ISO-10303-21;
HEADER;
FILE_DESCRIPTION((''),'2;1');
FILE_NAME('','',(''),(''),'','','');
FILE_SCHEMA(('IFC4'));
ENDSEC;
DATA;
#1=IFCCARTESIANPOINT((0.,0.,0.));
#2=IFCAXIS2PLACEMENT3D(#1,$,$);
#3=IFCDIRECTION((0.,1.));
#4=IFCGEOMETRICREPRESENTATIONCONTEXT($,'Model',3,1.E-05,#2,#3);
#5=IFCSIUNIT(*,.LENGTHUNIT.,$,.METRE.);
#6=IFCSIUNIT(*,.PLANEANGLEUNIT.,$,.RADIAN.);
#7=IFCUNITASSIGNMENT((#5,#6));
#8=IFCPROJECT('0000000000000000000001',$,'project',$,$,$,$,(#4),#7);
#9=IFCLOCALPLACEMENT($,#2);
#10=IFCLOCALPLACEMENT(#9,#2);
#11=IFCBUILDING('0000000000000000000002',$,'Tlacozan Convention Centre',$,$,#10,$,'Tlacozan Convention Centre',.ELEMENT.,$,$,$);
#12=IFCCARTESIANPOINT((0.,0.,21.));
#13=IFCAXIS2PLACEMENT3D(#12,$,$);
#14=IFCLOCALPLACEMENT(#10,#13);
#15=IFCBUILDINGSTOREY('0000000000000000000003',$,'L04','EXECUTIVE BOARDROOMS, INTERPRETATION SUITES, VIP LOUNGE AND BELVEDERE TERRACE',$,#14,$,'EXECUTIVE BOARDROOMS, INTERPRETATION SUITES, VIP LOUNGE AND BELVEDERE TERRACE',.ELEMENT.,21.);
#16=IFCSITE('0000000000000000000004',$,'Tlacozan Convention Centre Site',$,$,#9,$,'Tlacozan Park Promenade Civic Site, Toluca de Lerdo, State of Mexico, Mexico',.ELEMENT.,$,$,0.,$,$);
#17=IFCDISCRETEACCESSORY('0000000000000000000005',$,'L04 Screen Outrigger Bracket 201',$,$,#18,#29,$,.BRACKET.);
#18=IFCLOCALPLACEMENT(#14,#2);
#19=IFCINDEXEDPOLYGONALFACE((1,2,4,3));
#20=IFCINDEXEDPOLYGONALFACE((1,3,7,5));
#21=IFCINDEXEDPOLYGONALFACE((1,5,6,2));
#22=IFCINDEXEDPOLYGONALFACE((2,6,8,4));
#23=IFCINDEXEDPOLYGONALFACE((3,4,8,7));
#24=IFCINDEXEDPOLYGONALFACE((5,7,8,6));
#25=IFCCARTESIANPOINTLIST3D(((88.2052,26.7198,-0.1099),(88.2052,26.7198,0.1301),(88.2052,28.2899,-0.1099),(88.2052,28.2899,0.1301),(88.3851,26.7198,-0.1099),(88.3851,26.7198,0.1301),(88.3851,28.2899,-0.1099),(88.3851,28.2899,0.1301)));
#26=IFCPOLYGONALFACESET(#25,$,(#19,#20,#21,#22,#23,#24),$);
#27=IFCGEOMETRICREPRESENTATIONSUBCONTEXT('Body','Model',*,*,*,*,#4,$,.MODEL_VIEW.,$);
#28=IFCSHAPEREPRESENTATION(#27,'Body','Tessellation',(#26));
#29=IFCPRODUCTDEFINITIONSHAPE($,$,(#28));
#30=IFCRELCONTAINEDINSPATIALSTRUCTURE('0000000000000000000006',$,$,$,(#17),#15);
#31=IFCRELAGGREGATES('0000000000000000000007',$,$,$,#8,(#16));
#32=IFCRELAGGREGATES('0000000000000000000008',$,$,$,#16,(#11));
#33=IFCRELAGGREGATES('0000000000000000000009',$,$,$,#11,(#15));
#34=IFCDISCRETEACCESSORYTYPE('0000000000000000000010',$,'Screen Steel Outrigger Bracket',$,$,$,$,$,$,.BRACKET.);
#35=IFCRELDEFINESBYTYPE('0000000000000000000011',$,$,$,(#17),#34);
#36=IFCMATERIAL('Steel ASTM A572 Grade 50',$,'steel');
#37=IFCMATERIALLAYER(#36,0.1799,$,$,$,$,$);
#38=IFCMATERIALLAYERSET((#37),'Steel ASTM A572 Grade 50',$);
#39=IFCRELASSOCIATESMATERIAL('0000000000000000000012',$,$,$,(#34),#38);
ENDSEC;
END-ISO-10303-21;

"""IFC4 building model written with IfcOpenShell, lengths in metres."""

from ifc_helpers import new_model, si_unit, direction, frame, origin, origin_2d, place, context, subcontext, project, spatial, rectangle, extrude, material, layer, layer_set, type_object, element, save


model = new_model("IFC4")

# Units and contexts
model_context = context("Model", 3, precision=1e-05, world=origin(), true_north=direction((0.0, 1.0)))
body_context = subcontext(model_context, "Body", "Model", "MODEL_VIEW")
ifc_project = project(units=[si_unit("LENGTHUNIT", "METRE"), si_unit("PLANEANGLEUNIT", "RADIAN")], contexts=[model_context])

# Site, building, storey
site_placement = place(None, origin())
site = spatial("IfcSite", under=ifc_project, at=site_placement, Name="Tlacozan Convention Centre Site", LongName="Tlacozan Park Promenade Civic Site, Toluca de Lerdo, State of Mexico, Mexico", CompositionType="ELEMENT", RefElevation=0.0)
building_placement = place(site_placement, origin())
building = spatial("IfcBuilding", under=site, at=building_placement, Name="Tlacozan Convention Centre", LongName="Tlacozan Convention Centre", CompositionType="ELEMENT")
storey_placement = place(building_placement, frame((0.0, 0.0, 21.0)))
storey = spatial("IfcBuildingStorey", under=building, at=storey_placement, Name="L04", Description="EXECUTIVE BOARDROOMS, INTERPRETATION SUITES, VIP LOUNGE AND BELVEDERE TERRACE", LongName="EXECUTIVE BOARDROOMS, INTERPRETATION SUITES, VIP LOUNGE AND BELVEDERE TERRACE", CompositionType="ELEMENT", Elevation=21.0)

# Discrete accessory
ifc_material_1 = material(Name="Steel ASTM A572 Grade 50", Category="steel")
ifc_layer_1 = layer(ifc_material_1, 0.1799)
ifc_layer_set_1 = layer_set([ifc_layer_1], Name="Steel ASTM A572 Grade 50")
discrete_accessory_type = type_object("IfcDiscreteAccessoryType", Name="Screen Steel Outrigger Bracket", PredefinedType="BRACKET", material=ifc_layer_set_1)
for number, where, z_axis, x_axis, name in (
    (1, (88.2952, 27.5049, -0.1099), (0.0, 0.0, 1.0), (0.0, -1.0, 0.0), "L04 Screen Outrigger Bracket 201"),
):
    element("IfcDiscreteAccessory", number, at=place(storey_placement, frame(where, z_axis=z_axis, x_axis=x_axis)), inside=storey, type_object=discrete_accessory_type, Name=name, PredefinedType="BRACKET", context=body_context, shape_type="SweptSolid", body=[
        extrude(rectangle(XDim=1.5701, YDim=0.1799, at=origin_2d()), origin(), (0.0, 0.0, 1.0), 0.24),
    ])

save(model, "model.ifc")
